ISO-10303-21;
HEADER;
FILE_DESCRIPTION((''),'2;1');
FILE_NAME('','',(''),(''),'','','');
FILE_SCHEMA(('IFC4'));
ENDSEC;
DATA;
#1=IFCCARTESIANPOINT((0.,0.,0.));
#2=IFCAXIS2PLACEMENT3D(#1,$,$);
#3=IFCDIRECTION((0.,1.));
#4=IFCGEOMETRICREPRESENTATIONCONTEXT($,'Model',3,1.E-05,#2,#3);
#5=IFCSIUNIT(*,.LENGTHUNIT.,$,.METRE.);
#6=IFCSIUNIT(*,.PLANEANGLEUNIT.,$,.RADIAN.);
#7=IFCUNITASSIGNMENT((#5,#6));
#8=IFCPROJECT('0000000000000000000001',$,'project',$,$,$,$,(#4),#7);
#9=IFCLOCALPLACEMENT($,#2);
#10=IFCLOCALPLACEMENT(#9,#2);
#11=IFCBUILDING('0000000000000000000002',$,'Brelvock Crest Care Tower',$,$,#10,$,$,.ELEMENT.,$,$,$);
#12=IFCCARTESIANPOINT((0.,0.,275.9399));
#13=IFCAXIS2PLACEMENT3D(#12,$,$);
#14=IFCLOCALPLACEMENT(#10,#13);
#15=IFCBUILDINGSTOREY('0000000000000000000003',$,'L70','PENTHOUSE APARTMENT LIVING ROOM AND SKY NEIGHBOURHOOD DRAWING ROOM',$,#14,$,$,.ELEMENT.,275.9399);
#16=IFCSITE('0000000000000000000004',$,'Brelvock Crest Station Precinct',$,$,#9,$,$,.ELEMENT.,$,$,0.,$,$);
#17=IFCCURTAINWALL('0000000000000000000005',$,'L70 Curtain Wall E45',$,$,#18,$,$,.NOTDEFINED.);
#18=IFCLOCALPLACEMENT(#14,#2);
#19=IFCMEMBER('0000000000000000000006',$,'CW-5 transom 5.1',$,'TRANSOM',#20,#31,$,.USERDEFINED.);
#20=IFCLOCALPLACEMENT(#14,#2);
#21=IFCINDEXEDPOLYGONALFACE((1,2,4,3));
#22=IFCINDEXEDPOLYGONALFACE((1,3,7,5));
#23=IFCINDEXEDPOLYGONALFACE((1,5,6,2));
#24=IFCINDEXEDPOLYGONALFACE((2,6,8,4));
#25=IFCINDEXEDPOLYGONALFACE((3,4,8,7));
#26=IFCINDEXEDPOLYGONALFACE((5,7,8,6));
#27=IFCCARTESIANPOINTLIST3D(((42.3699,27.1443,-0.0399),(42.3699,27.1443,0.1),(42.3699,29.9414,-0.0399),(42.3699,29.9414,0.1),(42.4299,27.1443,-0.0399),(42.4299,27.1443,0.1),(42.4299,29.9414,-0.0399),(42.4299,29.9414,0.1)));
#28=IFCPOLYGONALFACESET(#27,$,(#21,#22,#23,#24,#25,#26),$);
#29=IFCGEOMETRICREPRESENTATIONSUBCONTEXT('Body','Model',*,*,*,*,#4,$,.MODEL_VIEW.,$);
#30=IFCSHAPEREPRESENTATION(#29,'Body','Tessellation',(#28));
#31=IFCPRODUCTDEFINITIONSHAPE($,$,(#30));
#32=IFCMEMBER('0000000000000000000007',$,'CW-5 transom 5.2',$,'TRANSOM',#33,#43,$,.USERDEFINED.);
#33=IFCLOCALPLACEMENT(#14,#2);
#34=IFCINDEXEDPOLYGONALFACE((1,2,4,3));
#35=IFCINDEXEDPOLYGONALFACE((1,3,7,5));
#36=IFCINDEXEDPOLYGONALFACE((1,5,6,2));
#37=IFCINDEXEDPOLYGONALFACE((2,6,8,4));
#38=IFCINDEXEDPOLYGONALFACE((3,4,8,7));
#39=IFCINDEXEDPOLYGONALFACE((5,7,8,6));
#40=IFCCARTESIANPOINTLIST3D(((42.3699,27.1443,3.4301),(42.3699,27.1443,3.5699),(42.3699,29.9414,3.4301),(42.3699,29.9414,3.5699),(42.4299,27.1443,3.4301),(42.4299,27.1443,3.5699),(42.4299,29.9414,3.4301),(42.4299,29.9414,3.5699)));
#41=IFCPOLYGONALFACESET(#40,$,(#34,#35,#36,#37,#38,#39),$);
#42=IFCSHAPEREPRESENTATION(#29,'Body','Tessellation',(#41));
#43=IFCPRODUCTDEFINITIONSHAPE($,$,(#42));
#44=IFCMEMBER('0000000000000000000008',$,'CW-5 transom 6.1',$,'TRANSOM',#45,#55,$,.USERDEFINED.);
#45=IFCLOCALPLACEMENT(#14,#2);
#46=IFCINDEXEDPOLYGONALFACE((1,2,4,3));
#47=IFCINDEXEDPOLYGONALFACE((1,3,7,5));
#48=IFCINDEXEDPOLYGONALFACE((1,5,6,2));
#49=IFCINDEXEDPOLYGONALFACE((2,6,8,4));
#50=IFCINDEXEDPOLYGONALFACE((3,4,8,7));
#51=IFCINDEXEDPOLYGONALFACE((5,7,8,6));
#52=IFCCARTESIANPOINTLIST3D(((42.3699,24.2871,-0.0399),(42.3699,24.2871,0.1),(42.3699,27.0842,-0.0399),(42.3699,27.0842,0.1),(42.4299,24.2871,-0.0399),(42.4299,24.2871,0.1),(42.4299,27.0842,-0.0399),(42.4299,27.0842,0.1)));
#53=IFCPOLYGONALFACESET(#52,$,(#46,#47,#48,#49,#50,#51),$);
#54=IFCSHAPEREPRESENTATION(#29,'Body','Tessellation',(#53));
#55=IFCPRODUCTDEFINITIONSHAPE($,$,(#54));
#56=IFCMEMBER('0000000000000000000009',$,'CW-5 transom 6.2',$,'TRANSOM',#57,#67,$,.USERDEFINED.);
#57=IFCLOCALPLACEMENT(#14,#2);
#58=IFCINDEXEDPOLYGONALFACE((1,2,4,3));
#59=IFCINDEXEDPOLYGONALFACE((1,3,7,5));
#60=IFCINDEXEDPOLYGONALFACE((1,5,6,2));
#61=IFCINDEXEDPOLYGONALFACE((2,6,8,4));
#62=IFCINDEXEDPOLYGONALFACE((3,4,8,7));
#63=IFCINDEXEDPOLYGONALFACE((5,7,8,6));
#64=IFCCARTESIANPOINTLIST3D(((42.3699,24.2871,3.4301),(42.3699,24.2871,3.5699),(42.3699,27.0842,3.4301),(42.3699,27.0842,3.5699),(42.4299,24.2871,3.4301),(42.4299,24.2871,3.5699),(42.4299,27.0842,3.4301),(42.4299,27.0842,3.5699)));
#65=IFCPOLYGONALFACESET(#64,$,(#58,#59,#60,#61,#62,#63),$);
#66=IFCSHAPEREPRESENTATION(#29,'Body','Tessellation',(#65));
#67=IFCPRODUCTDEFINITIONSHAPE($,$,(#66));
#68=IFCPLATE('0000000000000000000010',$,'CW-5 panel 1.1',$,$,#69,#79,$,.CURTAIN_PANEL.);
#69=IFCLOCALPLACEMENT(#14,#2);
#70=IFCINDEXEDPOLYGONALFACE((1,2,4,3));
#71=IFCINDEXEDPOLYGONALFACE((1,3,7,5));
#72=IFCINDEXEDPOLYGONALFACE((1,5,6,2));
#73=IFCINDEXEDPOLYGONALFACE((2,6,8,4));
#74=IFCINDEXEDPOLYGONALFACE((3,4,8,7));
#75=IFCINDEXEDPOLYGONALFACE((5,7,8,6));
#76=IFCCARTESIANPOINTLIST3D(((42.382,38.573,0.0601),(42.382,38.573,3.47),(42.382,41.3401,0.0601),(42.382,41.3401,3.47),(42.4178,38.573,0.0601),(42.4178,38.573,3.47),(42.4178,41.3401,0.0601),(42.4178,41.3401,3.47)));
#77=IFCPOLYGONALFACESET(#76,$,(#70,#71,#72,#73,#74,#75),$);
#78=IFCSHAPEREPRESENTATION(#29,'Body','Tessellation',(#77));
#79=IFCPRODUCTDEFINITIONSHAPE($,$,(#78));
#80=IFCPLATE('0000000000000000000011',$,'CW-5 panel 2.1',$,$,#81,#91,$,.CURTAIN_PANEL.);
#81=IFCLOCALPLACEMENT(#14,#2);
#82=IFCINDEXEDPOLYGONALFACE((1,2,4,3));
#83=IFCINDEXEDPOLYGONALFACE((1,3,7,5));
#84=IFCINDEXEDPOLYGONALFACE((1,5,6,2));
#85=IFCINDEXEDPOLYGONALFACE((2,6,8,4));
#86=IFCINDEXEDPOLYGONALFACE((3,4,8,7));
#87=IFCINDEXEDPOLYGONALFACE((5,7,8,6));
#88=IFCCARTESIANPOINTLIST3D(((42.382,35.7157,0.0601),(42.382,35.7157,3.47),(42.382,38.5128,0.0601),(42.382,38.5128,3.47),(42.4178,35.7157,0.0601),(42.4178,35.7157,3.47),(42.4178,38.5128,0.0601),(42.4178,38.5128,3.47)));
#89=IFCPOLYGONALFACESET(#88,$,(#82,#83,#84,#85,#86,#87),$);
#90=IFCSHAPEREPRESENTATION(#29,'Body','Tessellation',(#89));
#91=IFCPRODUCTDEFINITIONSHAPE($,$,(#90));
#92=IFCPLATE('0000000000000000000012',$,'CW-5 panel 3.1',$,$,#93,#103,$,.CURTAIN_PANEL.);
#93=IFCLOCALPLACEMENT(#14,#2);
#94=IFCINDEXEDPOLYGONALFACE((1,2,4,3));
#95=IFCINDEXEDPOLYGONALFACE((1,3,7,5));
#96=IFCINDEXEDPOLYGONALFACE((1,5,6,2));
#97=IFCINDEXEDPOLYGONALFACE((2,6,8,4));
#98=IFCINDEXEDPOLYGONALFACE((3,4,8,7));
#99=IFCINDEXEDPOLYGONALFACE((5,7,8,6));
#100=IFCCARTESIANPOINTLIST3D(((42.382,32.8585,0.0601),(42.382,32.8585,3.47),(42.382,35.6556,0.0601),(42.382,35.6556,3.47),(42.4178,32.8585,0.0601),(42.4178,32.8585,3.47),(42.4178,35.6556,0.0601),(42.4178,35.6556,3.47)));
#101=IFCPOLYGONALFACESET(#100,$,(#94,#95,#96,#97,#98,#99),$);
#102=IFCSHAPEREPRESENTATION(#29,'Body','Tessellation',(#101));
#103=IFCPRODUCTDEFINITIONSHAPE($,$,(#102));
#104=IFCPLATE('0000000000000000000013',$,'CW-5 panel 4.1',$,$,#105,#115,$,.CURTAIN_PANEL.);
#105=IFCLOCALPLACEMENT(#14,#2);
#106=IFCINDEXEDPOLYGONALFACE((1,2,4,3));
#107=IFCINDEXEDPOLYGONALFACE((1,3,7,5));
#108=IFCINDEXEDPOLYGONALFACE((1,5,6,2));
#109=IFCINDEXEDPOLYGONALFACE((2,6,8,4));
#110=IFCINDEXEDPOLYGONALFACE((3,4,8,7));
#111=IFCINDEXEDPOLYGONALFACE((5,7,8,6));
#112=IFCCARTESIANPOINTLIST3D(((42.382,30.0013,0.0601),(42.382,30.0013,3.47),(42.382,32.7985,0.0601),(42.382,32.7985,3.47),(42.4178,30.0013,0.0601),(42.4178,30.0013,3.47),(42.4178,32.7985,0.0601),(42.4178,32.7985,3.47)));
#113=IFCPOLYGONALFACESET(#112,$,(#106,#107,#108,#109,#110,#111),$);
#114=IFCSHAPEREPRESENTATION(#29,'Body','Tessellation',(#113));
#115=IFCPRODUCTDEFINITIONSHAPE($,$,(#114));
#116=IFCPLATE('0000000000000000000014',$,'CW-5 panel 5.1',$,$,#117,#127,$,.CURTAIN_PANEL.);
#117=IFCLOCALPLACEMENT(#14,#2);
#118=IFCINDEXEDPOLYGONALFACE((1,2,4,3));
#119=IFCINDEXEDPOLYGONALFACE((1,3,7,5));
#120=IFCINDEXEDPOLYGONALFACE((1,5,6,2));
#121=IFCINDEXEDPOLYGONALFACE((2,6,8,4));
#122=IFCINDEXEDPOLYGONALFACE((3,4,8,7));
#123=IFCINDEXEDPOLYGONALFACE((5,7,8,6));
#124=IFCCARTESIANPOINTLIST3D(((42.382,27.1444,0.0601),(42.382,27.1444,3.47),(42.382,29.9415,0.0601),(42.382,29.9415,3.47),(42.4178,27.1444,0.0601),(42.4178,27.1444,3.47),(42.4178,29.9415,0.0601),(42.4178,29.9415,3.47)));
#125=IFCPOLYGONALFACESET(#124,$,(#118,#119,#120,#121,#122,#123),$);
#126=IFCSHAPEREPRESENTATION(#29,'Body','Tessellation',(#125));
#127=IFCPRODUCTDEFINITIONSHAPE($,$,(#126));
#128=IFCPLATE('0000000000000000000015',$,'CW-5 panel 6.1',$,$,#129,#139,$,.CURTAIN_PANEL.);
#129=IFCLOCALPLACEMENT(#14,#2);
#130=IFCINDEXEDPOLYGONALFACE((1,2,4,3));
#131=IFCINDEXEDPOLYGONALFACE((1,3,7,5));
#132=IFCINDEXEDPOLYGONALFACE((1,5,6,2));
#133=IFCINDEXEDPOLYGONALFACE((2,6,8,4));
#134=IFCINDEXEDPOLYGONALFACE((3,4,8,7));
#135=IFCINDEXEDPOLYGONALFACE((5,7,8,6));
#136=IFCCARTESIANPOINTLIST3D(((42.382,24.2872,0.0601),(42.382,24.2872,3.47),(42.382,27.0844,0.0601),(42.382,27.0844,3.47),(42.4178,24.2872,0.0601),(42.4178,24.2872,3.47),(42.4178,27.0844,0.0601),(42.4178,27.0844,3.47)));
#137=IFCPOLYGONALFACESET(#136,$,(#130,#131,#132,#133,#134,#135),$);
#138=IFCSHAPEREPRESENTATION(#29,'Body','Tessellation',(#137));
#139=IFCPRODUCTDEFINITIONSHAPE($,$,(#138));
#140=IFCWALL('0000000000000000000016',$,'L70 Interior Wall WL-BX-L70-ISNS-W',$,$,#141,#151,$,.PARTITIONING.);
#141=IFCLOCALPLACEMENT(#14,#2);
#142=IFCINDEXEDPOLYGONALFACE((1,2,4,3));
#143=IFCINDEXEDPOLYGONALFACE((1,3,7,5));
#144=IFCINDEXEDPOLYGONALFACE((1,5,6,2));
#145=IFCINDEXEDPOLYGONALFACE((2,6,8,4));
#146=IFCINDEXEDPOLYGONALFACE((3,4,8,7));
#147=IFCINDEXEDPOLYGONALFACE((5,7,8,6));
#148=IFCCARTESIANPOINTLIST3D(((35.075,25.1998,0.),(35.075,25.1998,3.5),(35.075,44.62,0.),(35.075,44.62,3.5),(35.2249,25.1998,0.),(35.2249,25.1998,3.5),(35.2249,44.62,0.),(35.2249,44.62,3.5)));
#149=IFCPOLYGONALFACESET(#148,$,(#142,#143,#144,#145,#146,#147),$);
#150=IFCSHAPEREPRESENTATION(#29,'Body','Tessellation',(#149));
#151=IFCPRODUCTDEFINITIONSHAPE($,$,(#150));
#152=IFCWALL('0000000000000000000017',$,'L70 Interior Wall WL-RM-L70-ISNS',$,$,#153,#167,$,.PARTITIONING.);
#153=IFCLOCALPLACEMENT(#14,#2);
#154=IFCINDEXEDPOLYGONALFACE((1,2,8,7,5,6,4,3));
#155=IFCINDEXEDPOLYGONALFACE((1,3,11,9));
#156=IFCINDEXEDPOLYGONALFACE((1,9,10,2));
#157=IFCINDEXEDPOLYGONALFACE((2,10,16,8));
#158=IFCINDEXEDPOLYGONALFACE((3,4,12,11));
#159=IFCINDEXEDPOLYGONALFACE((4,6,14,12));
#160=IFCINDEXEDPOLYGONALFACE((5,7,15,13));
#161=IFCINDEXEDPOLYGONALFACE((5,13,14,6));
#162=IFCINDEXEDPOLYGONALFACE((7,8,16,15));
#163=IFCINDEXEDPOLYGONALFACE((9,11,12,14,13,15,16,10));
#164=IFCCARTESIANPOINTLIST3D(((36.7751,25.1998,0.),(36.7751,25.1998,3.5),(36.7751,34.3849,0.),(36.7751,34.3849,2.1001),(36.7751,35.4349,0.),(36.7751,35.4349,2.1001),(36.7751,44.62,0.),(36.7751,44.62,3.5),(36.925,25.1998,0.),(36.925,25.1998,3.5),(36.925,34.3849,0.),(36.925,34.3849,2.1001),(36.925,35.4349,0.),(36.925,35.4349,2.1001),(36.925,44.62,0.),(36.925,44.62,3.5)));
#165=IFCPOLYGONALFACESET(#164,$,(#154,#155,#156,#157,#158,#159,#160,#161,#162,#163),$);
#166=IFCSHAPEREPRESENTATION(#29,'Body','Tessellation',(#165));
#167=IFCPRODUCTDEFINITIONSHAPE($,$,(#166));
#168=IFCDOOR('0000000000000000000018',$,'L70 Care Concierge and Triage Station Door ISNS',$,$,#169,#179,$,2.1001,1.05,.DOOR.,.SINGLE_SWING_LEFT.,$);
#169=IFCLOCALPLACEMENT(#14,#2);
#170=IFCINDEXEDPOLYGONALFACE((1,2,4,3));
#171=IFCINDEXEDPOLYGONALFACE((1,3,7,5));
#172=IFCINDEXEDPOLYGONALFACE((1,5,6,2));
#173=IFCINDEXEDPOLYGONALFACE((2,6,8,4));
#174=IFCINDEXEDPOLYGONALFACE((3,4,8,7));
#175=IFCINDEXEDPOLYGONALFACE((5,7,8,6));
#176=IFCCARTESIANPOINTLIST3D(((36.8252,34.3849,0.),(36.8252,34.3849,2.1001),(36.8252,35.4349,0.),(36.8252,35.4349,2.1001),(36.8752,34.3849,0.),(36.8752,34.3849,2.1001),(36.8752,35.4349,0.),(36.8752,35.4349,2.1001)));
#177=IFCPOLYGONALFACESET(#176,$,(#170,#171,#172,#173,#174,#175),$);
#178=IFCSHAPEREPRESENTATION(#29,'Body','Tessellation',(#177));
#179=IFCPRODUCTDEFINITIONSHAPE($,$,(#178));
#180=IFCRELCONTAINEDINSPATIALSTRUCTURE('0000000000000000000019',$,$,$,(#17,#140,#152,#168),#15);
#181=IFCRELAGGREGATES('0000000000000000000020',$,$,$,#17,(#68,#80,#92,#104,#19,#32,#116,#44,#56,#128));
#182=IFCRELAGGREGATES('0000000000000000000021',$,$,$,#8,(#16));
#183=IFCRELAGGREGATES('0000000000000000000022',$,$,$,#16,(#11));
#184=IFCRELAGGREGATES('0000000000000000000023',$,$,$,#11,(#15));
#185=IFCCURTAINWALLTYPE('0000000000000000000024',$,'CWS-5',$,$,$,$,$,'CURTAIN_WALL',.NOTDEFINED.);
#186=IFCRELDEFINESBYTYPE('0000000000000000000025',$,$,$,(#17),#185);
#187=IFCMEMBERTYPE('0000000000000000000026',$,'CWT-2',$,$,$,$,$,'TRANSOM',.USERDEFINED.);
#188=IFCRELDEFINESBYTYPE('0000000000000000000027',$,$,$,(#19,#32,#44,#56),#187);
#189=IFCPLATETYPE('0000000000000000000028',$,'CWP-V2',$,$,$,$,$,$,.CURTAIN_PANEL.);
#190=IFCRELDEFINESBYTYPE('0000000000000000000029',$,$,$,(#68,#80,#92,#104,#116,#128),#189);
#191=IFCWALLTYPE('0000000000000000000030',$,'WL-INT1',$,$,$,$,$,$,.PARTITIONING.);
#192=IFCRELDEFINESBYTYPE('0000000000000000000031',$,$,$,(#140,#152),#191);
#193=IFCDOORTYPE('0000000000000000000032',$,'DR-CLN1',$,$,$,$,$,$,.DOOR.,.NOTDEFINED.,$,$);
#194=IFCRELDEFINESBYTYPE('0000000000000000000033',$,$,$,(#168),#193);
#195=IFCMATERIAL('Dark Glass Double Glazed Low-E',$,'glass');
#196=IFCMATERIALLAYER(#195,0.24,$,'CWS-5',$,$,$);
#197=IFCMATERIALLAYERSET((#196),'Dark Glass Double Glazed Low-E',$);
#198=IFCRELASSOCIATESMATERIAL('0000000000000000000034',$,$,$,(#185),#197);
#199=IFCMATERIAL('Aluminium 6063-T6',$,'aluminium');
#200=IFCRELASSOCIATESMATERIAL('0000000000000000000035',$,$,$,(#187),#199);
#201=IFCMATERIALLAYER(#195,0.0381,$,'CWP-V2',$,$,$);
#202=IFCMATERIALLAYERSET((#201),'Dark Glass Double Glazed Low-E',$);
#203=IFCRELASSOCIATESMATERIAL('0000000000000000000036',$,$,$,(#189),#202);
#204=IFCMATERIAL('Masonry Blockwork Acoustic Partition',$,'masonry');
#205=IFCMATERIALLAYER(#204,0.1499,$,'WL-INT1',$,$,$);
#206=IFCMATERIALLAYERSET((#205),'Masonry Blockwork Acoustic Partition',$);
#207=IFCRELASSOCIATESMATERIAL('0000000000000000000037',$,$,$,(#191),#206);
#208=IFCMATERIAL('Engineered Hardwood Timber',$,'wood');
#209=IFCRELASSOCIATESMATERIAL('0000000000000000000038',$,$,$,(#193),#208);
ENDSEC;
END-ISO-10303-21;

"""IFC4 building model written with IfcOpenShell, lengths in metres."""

from ifc_helpers import new_model, si_unit, direction, frame, frame_2d, origin, origin_2d, place, context, subcontext, project, spatial, rectangle, extrude, source, transform, mapped, material, layer, layer_set, material_profile, profile_set, type_object, element, fill, aggregate, save


model = new_model("IFC4")

# Units and contexts
model_context = context("Model", 3, precision=1e-05, world=origin(), true_north=direction((0.0, 1.0)))
body_context = subcontext(model_context, "Body", "Model", "MODEL_VIEW")
ifc_project = project(units=[si_unit("LENGTHUNIT", "METRE"), si_unit("PLANEANGLEUNIT", "RADIAN")], contexts=[model_context])

# Site, building, storey
site_placement = place(None, origin())
site = spatial("IfcSite", under=ifc_project, at=site_placement, Name="Brelvock Crest Station Precinct", CompositionType="ELEMENT", RefElevation=0.0)
building_placement = place(site_placement, origin())
building = spatial("IfcBuilding", under=site, at=building_placement, Name="Brelvock Crest Care Tower", CompositionType="ELEMENT")
storey_placement = place(building_placement, frame((0.0, 0.0, 275.9399)))
storey = spatial("IfcBuildingStorey", under=building, at=storey_placement, Name="L70", Description="PENTHOUSE APARTMENT LIVING ROOM AND SKY NEIGHBOURHOOD DRAWING ROOM", CompositionType="ELEMENT", Elevation=275.9399)

# Curtain wall, members, plates
ifc_material_1 = material(Name="Dark Glass Double Glazed Low-E", Category="glass")
ifc_layer_1 = layer(ifc_material_1, 0.24, Name="CWS-5")
ifc_layer_set_1 = layer_set([ifc_layer_1], Name="Dark Glass Double Glazed Low-E")
curtain_wall_type = type_object("IfcCurtainWallType", Name="CWS-5", ElementType="CURTAIN_WALL", PredefinedType="NOTDEFINED", material=ifc_layer_set_1)
curtain_wall_placement = place(storey_placement, origin())
curtain_wall = element("IfcCurtainWall", 1, at=curtain_wall_placement, inside=storey, type_object=curtain_wall_type, Name="L70 Curtain Wall E45", PredefinedType="NOTDEFINED")
ifc_material_2 = material(Name="Aluminium 6063-T6", Category="aluminium")
ifc_material_profile_1 = material_profile(ifc_material_2, rectangle(XDim=0.0601, YDim=0.1399, at=origin_2d()), Name="ALU60x140")
ifc_profile_set_1 = profile_set([ifc_material_profile_1], Name="Aluminium 6063-T6")
member_type_1 = type_object("IfcMemberType", Name="CWT-2", ElementType="TRANSOM", PredefinedType="USERDEFINED", material=ifc_profile_set_1)
shared_shape_1 = source(origin(), body_context, "Body", "SweptSolid", [
    extrude(rectangle(XDim=0.0601, YDim=0.1399, at=origin_2d()), origin(), (0.0, 0.0, 1.0), 2.7971),
])
member_1_placement = place(storey_placement, frame((42.3999, 29.9414, 0.03), z_axis=(0.0, -1.0, 0.0), x_axis=(1.0, 0.0, 0.0)))
member_1 = element("IfcMember", 2, at=member_1_placement, type_object=member_type_1, Name="CW-5 transom 5.1", ObjectType="TRANSOM", PredefinedType="USERDEFINED", context=body_context, shape_type="MappedRepresentation", body=[
    mapped(shared_shape_1, transform((0.0, 0.0, 0.0), x_axis=(1.0, 0.0, 0.0), y_axis=(0.0, 1.0, 0.0), z_axis=(0.0, 0.0, 1.0), scale=1.0)),
])
member_2_placement = place(storey_placement, frame((42.3999, 29.9414, 3.5), z_axis=(0.0, -1.0, 0.0), x_axis=(1.0, 0.0, 0.0)))
member_2 = element("IfcMember", 3, at=member_2_placement, type_object=member_type_1, Name="CW-5 transom 5.2", ObjectType="TRANSOM", PredefinedType="USERDEFINED", context=body_context, shape_type="MappedRepresentation", body=[
    mapped(shared_shape_1, transform((0.0, 0.0, 0.0), x_axis=(1.0, 0.0, 0.0), y_axis=(0.0, 1.0, 0.0), z_axis=(0.0, 0.0, 1.0), scale=1.0)),
])
member_3_placement = place(storey_placement, frame((42.3999, 27.0842, 0.03), z_axis=(0.0, -1.0, 0.0), x_axis=(1.0, 0.0, 0.0)))
member_3 = element("IfcMember", 4, at=member_3_placement, type_object=member_type_1, Name="CW-5 transom 6.1", ObjectType="TRANSOM", PredefinedType="USERDEFINED", context=body_context, shape_type="MappedRepresentation", body=[
    mapped(shared_shape_1, transform((0.0, 0.0, 0.0), x_axis=(1.0, 0.0, 0.0), y_axis=(0.0, 1.0, 0.0), z_axis=(0.0, 0.0, 1.0), scale=1.0)),
])
member_4_placement = place(storey_placement, frame((42.3999, 27.0842, 3.5), z_axis=(0.0, -1.0, 0.0), x_axis=(1.0, 0.0, 0.0)))
member_4 = element("IfcMember", 5, at=member_4_placement, type_object=member_type_1, Name="CW-5 transom 6.2", ObjectType="TRANSOM", PredefinedType="USERDEFINED", context=body_context, shape_type="MappedRepresentation", body=[
    mapped(shared_shape_1, transform((0.0, 0.0, 0.0), x_axis=(1.0, 0.0, 0.0), y_axis=(0.0, 1.0, 0.0), z_axis=(0.0, 0.0, 1.0), scale=1.0)),
])
ifc_layer_2 = layer(ifc_material_1, 0.0381, Name="CWP-V2")
ifc_layer_set_2 = layer_set([ifc_layer_2], Name="Dark Glass Double Glazed Low-E")
plate_type = type_object("IfcPlateType", Name="CWP-V2", PredefinedType="CURTAIN_PANEL", material=ifc_layer_set_2)
shared_shape_2 = source(origin(), body_context, "Body", "SweptSolid", [
    extrude(rectangle(XDim=2.7671, YDim=0.0359, at=origin_2d()), origin(), (0.0, 0.0, 1.0), 3.4099),
])
plate_1_placement = place(storey_placement, frame((42.3999, 39.9565, 0.0601), z_axis=(0.0, 0.0, 1.0), x_axis=(0.0, -1.0, 0.0)))
plate_1 = element("IfcPlate", 6, at=plate_1_placement, type_object=plate_type, Name="CW-5 panel 1.1", PredefinedType="CURTAIN_PANEL", context=body_context, shape_type="MappedRepresentation", body=[
    mapped(shared_shape_2, transform((0.0, 0.0, 0.0), x_axis=(1.0, 0.0, 0.0), y_axis=(0.0, 1.0, 0.0), z_axis=(0.0, 0.0, 1.0), scale=1.0)),
])
shared_shape_3 = source(origin(), body_context, "Body", "SweptSolid", [
    extrude(rectangle(XDim=2.7971, YDim=0.0359, at=origin_2d()), origin(), (0.0, 0.0, 1.0), 3.4099),
])
plate_2_placement = place(storey_placement, frame((42.3999, 37.1143, 0.0601), z_axis=(0.0, 0.0, 1.0), x_axis=(0.0, -1.0, 0.0)))
plate_2 = element("IfcPlate", 7, at=plate_2_placement, type_object=plate_type, Name="CW-5 panel 2.1", PredefinedType="CURTAIN_PANEL", context=body_context, shape_type="MappedRepresentation", body=[
    mapped(shared_shape_3, transform((0.0, 0.0, 0.0), x_axis=(1.0, 0.0, 0.0), y_axis=(0.0, 1.0, 0.0), z_axis=(0.0, 0.0, 1.0), scale=1.0)),
])
plate_3_placement = place(storey_placement, frame((42.3999, 34.2571, 0.0601), z_axis=(0.0, 0.0, 1.0), x_axis=(0.0, -1.0, 0.0)))
plate_3 = element("IfcPlate", 8, at=plate_3_placement, type_object=plate_type, Name="CW-5 panel 3.1", PredefinedType="CURTAIN_PANEL", context=body_context, shape_type="MappedRepresentation", body=[
    mapped(shared_shape_3, transform((0.0, 0.0, 0.0), x_axis=(1.0, 0.0, 0.0), y_axis=(0.0, 1.0, 0.0), z_axis=(0.0, 0.0, 1.0), scale=1.0)),
])
plate_4_placement = place(storey_placement, frame((42.3999, 31.3999, 0.0601), z_axis=(0.0, 0.0, 1.0), x_axis=(0.0, -1.0, 0.0)))
plate_4 = element("IfcPlate", 9, at=plate_4_placement, type_object=plate_type, Name="CW-5 panel 4.1", PredefinedType="CURTAIN_PANEL", context=body_context, shape_type="MappedRepresentation", body=[
    mapped(shared_shape_3, transform((0.0, 0.0, 0.0), x_axis=(1.0, 0.0, 0.0), y_axis=(0.0, 1.0, 0.0), z_axis=(0.0, 0.0, 1.0), scale=1.0)),
])
plate_5_placement = place(storey_placement, frame((42.3999, 28.543, 0.0601), z_axis=(0.0, 0.0, 1.0), x_axis=(0.0, -1.0, 0.0)))
plate_5 = element("IfcPlate", 10, at=plate_5_placement, type_object=plate_type, Name="CW-5 panel 5.1", PredefinedType="CURTAIN_PANEL", context=body_context, shape_type="MappedRepresentation", body=[
    mapped(shared_shape_3, transform((0.0, 0.0, 0.0), x_axis=(1.0, 0.0, 0.0), y_axis=(0.0, 1.0, 0.0), z_axis=(0.0, 0.0, 1.0), scale=1.0)),
])
plate_6_placement = place(storey_placement, frame((42.3999, 25.6858, 0.0601), z_axis=(0.0, 0.0, 1.0), x_axis=(0.0, -1.0, 0.0)))
plate_6 = element("IfcPlate", 11, at=plate_6_placement, type_object=plate_type, Name="CW-5 panel 6.1", PredefinedType="CURTAIN_PANEL", context=body_context, shape_type="MappedRepresentation", body=[
    mapped(shared_shape_3, transform((0.0, 0.0, 0.0), x_axis=(1.0, 0.0, 0.0), y_axis=(0.0, 1.0, 0.0), z_axis=(0.0, 0.0, 1.0), scale=1.0)),
])
aggregate(curtain_wall, [plate_1, plate_2, plate_3, plate_4, member_1, member_2, plate_5, member_3, member_4, plate_6])

# Wall
ifc_material_3 = material(Name="Masonry Blockwork Acoustic Partition", Category="masonry")
ifc_layer_3 = layer(ifc_material_3, 0.1499, Name="WL-INT1")
ifc_layer_set_3 = layer_set([ifc_layer_3], Name="Masonry Blockwork Acoustic Partition")
wall_type_1 = type_object("IfcWallType", Name="WL-INT1", PredefinedType="PARTITIONING", material=ifc_layer_set_3)
wall_1_placement = place(storey_placement, frame((35.1499, 25.2, 0.0), z_axis=(0.0, 0.0, 1.0), x_axis=(0.0, 1.0, 0.0)))
element("IfcWall", 12, at=wall_1_placement, inside=storey, type_object=wall_type_1, Name="L70 Interior Wall WL-BX-L70-ISNS-W", PredefinedType="PARTITIONING", context=body_context, shape_type="SweptSolid", body=[
    extrude(rectangle(XDim=19.4202, YDim=0.1499, at=frame_2d((9.71, 0.0))), origin(), (0.0, 0.0, 1.0), 3.5),
])

# Wall, opening, door
wall_2_placement = place(storey_placement, frame((36.8501, 25.2, 0.0), z_axis=(0.0, 0.0, 1.0), x_axis=(0.0, 1.0, 0.0)))
wall_2 = element("IfcWall", 13, at=wall_2_placement, inside=storey, type_object=wall_type_1, Name="L70 Interior Wall WL-RM-L70-ISNS", PredefinedType="PARTITIONING", context=body_context, shape_type="SweptSolid", body=[
    extrude(rectangle(XDim=19.4202, YDim=0.1499, at=frame_2d((9.71, 0.0))), origin(), (0.0, 0.0, 1.0), 3.5),
])
opening_placement = place(wall_2_placement, frame((9.1851, 0.0, 0.0)))
opening = element("IfcOpeningElement", 14, at=opening_placement, cuts=wall_2, PredefinedType="OPENING", context=body_context, shape_type="SweptSolid", body=[
    extrude(rectangle(XDim=1.05, YDim=2.1001, at=origin_2d()), frame((0.5249, 0.085, 1.05), z_axis=(0.0, -1.0, 0.0), x_axis=(1.0, 0.0, 0.0)), (0.0, 0.0, 1.0), 0.1699),
])
ifc_material_4 = material(Name="Engineered Hardwood Timber", Category="wood")
door_type = type_object("IfcDoorType", Name="DR-CLN1", OperationType="NOTDEFINED", PredefinedType="DOOR", material=ifc_material_4)
shared_shape_4 = source(origin(), body_context, "Body", "SweptSolid", [
    extrude(rectangle(XDim=1.05, YDim=2.1001, at=origin_2d()), frame((0.5249, 0.0249, 1.05), z_axis=(0.0, -1.0, 0.0), x_axis=(1.0, 0.0, 0.0)), (0.0, 0.0, 1.0), 0.05),
])
door_placement = place(opening_placement, origin())
door = element("IfcDoor", 15, at=door_placement, inside=storey, type_object=door_type, Name="L70 Care Concierge and Triage Station Door ISNS", OperationType="SINGLE_SWING_LEFT", OverallHeight=2.1001, OverallWidth=1.05, PredefinedType="DOOR", context=body_context, shape_type="MappedRepresentation", body=[
    mapped(shared_shape_4, transform((0.0, 0.0, 0.0), x_axis=(1.0, 0.0, 0.0), y_axis=(0.0, 1.0, 0.0), z_axis=(0.0, 0.0, 1.0), scale=1.0)),
])
fill(opening, door)

save(model, "model.ifc")
